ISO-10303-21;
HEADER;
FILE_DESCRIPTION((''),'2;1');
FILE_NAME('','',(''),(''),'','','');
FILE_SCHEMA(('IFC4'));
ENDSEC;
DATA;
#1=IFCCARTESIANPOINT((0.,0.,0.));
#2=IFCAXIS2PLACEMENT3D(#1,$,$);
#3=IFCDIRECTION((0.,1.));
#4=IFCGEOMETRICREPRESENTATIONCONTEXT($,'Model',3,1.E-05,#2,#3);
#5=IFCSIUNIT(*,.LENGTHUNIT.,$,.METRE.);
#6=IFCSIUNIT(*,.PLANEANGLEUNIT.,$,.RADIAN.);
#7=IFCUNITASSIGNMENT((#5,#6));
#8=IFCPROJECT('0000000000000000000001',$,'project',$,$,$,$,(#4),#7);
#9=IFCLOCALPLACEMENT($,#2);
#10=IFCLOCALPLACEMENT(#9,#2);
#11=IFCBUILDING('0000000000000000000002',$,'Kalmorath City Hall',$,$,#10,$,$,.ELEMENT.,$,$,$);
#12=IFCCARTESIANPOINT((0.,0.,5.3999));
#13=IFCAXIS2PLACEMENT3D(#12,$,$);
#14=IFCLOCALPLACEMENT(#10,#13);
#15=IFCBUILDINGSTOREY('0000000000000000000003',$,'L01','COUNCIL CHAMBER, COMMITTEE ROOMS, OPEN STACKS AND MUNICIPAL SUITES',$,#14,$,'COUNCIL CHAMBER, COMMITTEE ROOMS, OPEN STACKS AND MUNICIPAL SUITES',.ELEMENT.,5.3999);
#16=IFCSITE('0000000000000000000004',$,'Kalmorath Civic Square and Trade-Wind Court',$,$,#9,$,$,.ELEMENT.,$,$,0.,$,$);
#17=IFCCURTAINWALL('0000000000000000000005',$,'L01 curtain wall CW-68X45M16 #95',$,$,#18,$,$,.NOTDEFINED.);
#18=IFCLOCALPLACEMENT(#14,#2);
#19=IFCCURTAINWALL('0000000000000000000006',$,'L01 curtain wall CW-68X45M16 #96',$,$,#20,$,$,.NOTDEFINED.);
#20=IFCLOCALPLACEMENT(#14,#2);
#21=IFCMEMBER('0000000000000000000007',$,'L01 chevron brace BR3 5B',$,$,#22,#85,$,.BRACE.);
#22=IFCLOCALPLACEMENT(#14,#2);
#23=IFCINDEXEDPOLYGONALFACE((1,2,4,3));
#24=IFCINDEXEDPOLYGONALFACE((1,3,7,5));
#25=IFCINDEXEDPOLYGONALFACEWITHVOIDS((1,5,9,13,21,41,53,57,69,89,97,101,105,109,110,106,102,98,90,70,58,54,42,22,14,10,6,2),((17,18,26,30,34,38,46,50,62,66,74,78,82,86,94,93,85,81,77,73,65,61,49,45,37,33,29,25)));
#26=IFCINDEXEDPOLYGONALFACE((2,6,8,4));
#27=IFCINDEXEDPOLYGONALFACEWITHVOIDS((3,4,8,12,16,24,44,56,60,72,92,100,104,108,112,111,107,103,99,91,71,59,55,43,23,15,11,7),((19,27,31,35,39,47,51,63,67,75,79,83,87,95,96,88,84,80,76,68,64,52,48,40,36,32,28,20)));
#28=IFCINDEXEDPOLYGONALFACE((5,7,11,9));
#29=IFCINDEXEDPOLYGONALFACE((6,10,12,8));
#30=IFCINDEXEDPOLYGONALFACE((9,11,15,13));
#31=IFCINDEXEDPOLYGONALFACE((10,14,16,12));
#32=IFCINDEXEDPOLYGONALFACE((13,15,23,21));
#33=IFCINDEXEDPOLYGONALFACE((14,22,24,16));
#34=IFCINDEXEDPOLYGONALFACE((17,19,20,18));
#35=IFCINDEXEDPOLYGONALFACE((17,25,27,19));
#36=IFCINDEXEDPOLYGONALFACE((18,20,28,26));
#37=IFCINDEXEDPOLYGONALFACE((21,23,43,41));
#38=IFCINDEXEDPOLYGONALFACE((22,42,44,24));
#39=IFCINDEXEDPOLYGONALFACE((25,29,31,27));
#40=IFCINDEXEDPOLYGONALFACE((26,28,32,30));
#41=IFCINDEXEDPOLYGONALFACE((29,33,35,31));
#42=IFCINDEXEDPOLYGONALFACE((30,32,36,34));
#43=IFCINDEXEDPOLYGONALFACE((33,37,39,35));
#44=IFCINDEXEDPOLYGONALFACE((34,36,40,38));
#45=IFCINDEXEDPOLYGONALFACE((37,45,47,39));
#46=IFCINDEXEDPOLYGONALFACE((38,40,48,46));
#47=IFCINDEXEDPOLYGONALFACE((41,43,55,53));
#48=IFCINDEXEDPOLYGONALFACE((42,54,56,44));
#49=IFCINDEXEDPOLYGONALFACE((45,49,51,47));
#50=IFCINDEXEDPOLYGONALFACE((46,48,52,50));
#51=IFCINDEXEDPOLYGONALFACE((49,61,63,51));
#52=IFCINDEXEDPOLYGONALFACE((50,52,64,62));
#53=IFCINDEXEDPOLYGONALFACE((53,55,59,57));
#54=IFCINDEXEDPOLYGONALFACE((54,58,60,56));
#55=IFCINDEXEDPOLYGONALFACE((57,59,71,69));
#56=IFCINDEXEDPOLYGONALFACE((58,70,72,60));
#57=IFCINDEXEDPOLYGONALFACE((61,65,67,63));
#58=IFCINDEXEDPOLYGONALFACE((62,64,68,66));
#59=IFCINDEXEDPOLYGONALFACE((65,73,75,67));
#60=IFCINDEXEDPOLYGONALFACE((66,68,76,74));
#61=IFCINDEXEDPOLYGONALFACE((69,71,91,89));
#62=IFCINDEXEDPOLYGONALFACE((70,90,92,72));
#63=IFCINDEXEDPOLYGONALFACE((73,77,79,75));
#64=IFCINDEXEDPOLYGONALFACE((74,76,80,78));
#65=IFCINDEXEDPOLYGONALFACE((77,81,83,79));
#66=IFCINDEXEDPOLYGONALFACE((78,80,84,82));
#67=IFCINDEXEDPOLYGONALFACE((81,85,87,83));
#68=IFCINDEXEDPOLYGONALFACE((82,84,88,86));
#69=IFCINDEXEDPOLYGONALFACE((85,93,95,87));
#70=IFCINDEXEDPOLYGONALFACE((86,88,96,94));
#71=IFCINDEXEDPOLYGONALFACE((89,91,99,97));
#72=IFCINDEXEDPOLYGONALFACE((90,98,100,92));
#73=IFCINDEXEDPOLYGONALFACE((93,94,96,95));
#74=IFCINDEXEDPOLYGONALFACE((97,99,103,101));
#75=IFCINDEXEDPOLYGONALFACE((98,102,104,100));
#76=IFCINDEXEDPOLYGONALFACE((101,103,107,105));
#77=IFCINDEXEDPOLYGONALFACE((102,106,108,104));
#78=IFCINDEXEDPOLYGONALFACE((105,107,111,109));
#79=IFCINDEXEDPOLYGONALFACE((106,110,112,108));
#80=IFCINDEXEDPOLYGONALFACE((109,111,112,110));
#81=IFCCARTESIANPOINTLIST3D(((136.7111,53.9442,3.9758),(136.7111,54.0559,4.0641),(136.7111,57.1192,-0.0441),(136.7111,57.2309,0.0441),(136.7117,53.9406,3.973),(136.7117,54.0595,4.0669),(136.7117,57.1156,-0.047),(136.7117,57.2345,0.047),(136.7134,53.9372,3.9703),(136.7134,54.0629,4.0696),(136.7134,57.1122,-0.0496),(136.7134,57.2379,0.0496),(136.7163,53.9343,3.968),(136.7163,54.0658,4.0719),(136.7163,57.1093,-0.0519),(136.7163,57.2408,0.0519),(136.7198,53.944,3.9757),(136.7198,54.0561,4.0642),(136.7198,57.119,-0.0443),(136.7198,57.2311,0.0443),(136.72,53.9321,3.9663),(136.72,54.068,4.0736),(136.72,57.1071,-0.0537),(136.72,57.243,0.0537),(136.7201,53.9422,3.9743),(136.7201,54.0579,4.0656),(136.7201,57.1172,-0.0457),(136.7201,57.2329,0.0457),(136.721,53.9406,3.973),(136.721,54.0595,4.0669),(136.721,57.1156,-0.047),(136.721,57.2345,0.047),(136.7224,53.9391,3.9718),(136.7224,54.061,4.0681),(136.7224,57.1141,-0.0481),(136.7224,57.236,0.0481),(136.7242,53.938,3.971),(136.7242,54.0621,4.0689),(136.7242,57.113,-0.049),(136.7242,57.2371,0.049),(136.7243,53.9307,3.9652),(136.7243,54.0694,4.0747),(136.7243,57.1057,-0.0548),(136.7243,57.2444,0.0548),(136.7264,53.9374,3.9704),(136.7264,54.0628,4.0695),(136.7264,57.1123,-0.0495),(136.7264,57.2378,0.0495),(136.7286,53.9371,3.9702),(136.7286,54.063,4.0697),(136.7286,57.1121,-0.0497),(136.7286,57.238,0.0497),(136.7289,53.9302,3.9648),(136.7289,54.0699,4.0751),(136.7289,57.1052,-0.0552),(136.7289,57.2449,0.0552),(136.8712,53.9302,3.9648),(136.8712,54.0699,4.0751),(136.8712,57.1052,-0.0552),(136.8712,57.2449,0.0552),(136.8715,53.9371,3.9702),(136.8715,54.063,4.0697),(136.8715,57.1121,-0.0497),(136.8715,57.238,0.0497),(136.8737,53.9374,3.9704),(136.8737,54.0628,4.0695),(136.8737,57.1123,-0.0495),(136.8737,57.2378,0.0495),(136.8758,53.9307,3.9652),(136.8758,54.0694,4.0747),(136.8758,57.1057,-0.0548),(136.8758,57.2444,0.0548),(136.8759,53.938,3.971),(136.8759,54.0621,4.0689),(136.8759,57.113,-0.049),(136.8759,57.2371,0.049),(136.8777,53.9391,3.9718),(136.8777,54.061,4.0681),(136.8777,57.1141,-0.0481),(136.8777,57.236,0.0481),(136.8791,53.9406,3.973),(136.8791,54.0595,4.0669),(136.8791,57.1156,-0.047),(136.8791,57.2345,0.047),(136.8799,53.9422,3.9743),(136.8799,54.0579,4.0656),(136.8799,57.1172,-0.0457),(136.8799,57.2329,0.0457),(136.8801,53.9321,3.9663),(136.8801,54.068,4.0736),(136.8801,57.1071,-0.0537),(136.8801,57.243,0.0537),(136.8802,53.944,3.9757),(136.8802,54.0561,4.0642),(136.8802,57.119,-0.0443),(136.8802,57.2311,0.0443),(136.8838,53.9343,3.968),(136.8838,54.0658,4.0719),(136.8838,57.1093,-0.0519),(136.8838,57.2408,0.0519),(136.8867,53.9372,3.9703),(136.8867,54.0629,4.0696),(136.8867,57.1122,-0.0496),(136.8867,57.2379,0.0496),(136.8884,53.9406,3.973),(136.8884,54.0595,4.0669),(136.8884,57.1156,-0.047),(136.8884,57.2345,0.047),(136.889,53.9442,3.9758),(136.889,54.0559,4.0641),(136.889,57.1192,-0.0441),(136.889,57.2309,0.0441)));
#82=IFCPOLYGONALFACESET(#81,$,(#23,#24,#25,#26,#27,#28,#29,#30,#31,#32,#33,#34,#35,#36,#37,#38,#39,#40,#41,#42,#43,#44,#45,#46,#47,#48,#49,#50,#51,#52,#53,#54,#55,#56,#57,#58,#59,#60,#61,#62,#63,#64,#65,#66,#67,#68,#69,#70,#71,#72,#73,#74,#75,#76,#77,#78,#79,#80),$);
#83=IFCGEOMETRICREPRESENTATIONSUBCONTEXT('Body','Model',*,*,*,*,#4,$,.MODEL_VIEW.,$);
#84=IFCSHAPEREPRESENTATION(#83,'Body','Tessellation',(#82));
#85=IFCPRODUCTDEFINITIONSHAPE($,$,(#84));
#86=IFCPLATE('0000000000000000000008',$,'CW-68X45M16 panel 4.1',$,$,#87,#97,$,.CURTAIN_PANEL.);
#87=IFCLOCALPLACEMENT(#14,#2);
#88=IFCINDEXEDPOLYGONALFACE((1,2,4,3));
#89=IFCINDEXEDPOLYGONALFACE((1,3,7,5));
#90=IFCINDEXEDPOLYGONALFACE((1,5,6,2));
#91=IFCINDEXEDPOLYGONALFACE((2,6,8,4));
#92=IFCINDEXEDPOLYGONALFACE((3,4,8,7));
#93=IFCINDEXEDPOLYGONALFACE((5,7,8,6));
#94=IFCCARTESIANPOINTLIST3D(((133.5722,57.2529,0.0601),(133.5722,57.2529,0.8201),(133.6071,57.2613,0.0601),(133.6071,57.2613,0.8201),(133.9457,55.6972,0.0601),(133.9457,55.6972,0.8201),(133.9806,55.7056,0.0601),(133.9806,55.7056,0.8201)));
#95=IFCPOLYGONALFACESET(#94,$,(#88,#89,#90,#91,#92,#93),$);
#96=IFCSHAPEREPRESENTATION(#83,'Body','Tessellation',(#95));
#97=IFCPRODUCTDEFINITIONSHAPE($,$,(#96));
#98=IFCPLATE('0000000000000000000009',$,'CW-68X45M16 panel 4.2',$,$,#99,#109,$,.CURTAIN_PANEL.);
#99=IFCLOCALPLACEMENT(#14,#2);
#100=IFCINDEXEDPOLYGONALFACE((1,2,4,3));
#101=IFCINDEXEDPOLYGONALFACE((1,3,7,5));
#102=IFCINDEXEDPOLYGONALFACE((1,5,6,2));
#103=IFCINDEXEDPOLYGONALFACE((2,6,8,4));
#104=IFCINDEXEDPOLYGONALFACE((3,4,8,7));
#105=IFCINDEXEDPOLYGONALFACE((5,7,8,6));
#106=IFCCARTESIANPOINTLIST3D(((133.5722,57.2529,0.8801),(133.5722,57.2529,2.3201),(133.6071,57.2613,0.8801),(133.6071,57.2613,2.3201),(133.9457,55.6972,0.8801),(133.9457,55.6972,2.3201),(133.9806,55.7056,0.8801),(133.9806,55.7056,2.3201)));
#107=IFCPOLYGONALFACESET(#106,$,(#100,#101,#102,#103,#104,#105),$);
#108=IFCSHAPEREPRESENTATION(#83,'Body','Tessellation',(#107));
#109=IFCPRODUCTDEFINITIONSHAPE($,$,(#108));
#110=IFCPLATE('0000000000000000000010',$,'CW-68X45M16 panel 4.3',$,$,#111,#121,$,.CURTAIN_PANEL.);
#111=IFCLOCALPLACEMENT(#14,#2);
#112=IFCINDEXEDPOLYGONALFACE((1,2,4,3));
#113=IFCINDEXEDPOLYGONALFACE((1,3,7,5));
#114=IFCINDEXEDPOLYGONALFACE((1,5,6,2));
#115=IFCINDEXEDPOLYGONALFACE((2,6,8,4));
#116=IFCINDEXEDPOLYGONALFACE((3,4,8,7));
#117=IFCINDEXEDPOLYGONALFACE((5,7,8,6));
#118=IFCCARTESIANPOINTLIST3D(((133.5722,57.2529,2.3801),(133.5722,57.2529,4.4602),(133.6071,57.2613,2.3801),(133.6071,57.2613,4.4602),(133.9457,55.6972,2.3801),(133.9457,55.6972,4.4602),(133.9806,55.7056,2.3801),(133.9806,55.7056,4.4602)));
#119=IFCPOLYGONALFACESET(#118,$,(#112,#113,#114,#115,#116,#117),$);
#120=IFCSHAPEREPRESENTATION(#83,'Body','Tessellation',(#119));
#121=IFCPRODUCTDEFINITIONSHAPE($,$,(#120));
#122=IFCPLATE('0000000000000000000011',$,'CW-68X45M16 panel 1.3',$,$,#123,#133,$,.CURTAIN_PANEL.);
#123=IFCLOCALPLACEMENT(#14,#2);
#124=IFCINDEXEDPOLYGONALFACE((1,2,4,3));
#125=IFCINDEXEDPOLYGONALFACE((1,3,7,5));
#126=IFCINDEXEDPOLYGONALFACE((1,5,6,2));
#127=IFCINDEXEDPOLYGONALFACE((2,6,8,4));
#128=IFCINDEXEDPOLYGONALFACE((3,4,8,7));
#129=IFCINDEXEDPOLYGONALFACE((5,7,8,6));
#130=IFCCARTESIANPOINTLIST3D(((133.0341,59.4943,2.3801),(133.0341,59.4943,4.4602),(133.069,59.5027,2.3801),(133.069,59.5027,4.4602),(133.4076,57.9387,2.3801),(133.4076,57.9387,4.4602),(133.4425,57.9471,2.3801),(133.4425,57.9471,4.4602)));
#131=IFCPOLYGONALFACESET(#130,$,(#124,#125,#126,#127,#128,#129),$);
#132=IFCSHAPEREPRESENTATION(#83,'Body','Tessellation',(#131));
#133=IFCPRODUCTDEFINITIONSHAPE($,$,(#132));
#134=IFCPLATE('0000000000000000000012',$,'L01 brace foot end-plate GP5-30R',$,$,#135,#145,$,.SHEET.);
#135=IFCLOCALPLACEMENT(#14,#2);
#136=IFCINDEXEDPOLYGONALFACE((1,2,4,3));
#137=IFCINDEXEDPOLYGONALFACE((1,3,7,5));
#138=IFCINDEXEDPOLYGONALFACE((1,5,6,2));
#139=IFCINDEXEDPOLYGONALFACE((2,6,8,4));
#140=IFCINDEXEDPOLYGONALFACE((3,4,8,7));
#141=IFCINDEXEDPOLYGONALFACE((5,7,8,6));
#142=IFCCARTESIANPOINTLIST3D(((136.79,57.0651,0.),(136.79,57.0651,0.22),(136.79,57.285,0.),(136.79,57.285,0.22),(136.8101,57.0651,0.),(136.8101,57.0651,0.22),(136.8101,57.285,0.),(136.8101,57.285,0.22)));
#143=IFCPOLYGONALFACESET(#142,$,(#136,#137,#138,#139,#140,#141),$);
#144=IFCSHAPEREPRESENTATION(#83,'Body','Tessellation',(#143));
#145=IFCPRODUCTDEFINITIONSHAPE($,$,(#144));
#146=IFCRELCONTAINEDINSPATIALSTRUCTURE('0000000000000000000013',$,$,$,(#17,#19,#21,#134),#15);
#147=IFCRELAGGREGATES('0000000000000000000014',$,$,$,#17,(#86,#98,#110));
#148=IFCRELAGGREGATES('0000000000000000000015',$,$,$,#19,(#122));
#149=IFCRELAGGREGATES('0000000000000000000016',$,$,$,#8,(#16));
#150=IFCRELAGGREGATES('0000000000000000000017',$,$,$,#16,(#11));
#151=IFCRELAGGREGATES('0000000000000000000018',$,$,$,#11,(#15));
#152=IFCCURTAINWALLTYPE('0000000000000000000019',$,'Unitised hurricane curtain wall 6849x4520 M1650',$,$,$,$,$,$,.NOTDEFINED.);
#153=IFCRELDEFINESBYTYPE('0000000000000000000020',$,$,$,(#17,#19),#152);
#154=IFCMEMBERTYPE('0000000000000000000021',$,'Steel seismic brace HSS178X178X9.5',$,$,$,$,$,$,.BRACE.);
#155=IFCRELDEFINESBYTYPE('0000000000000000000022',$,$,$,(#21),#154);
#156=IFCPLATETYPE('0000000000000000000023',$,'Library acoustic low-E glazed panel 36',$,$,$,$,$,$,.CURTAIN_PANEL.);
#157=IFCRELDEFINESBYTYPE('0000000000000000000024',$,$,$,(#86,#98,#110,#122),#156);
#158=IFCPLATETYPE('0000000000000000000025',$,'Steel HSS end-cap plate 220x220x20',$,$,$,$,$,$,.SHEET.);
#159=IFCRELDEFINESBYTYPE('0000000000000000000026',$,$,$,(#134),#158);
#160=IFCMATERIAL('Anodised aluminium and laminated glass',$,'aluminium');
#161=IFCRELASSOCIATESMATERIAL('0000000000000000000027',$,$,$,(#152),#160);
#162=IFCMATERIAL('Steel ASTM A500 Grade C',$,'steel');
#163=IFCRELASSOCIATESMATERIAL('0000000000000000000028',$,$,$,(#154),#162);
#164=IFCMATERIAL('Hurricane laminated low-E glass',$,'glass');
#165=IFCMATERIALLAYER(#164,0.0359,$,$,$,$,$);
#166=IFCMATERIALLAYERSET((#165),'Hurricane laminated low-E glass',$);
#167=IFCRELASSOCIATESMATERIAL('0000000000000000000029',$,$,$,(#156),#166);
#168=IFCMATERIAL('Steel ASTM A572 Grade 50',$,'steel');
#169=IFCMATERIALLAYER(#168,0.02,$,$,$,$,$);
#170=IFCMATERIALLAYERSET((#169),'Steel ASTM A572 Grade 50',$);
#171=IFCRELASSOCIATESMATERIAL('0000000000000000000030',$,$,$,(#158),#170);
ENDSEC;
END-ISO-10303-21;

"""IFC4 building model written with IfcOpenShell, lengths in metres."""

from ifc_helpers import new_model, si_unit, direction, frame, origin, origin_2d, place, context, subcontext, project, spatial, rectangle, hollow_rectangle, extrude, material, layer, layer_set, material_profile, profile_set, type_object, element, aggregate, save


model = new_model("IFC4")

# Units and contexts
model_context = context("Model", 3, precision=1e-05, world=origin(), true_north=direction((0.0, 1.0)))
body_context = subcontext(model_context, "Body", "Model", "MODEL_VIEW")
ifc_project = project(units=[si_unit("LENGTHUNIT", "METRE"), si_unit("PLANEANGLEUNIT", "RADIAN")], contexts=[model_context])

# Site, building, storey
site_placement = place(None, origin())
site = spatial("IfcSite", under=ifc_project, at=site_placement, Name="Kalmorath Civic Square and Trade-Wind Court", CompositionType="ELEMENT", RefElevation=0.0)
building_placement = place(site_placement, origin())
building = spatial("IfcBuilding", under=site, at=building_placement, Name="Kalmorath City Hall", CompositionType="ELEMENT")
storey_placement = place(building_placement, frame((0.0, 0.0, 5.3999)))
storey = spatial("IfcBuildingStorey", under=building, at=storey_placement, Name="L01", Description="COUNCIL CHAMBER, COMMITTEE ROOMS, OPEN STACKS AND MUNICIPAL SUITES", LongName="COUNCIL CHAMBER, COMMITTEE ROOMS, OPEN STACKS AND MUNICIPAL SUITES", CompositionType="ELEMENT", Elevation=5.3999)

# Curtain wall
ifc_material_1 = material(Name="Anodised aluminium and laminated glass", Category="aluminium")
curtain_wall_type = type_object("IfcCurtainWallType", Name="Unitised hurricane curtain wall 6849x4520 M1650", PredefinedType="NOTDEFINED", material=ifc_material_1)
curtain_wall_1_placement = place(storey_placement, origin())
curtain_wall_1 = element("IfcCurtainWall", 1, at=curtain_wall_1_placement, inside=storey, type_object=curtain_wall_type, Name="L01 curtain wall CW-68X45M16 #95", PredefinedType="NOTDEFINED")

# Curtain wall
curtain_wall_2_placement = place(storey_placement, origin())
curtain_wall_2 = element("IfcCurtainWall", 2, at=curtain_wall_2_placement, inside=storey, type_object=curtain_wall_type, Name="L01 curtain wall CW-68X45M16 #96", PredefinedType="NOTDEFINED")

# Member
ifc_material_2 = material(Name="Steel ASTM A500 Grade C", Category="steel")
ifc_material_profile_1 = material_profile(ifc_material_2, hollow_rectangle(XDim=0.178, YDim=0.178, WallThickness=0.0088, InnerFilletRadius=0.0088, OuterFilletRadius=0.0178, at=origin_2d()), Name="HSS178X178X9.5")
ifc_profile_set_1 = profile_set([ifc_material_profile_1], Name="Steel ASTM A500 Grade C")
member_type_1 = type_object("IfcMemberType", Name="Steel seismic brace HSS178X178X9.5", PredefinedType="BRACE", material=ifc_profile_set_1)
member_1_placement = place(storey_placement, frame((136.8, 57.175, 0.0), z_axis=(0.0, -0.619807, 0.784755), x_axis=(1.0, 0.0, 0.0)))
element("IfcMember", 3, at=member_1_placement, inside=storey, type_object=member_type_1, Name="L01 chevron brace BR3 5B", PredefinedType="BRACE", context=body_context, shape_type="SweptSolid", body=[
    extrude(hollow_rectangle(XDim=0.178, YDim=0.178, WallThickness=0.0088, InnerFilletRadius=0.0088, OuterFilletRadius=0.0178, at=origin_2d()), origin(), (0.0, 0.0, 1.0), 5.1226),
])

# Plates
ifc_material_3 = material(Name="Hurricane laminated low-E glass", Category="glass")
ifc_layer_1 = layer(ifc_material_3, 0.0359)
ifc_layer_set_1 = layer_set([ifc_layer_1], Name="Hurricane laminated low-E glass")
plate_type_1 = type_object("IfcPlateType", Name="Library acoustic low-E glazed panel 36", PredefinedType="CURTAIN_PANEL", material=ifc_layer_set_1)
plate_1_placement = place(storey_placement, frame((133.7764, 56.4792, 0.0601), z_axis=(0.0, 0.0, 1.0), x_axis=(-0.233456, 0.972367, 0.0)))
plate_1 = element("IfcPlate", 4, at=plate_1_placement, type_object=plate_type_1, Name="CW-68X45M16 panel 4.1", PredefinedType="CURTAIN_PANEL", context=body_context, shape_type="SweptSolid", body=[
    extrude(rectangle(XDim=1.5999, YDim=0.0359, at=origin_2d()), origin(), (0.0, 0.0, 1.0), 0.76),
])
plate_2_placement = place(storey_placement, frame((133.7764, 56.4792, 0.8801), z_axis=(0.0, 0.0, 1.0), x_axis=(-0.233456, 0.972367, 0.0)))
plate_2 = element("IfcPlate", 5, at=plate_2_placement, type_object=plate_type_1, Name="CW-68X45M16 panel 4.2", PredefinedType="CURTAIN_PANEL", context=body_context, shape_type="SweptSolid", body=[
    extrude(rectangle(XDim=1.5999, YDim=0.0359, at=origin_2d()), origin(), (0.0, 0.0, 1.0), 1.4399),
])
plate_3_placement = place(storey_placement, frame((133.7764, 56.4792, 2.3801), z_axis=(0.0, 0.0, 1.0), x_axis=(-0.233456, 0.972367, 0.0)))
plate_3 = element("IfcPlate", 6, at=plate_3_placement, type_object=plate_type_1, Name="CW-68X45M16 panel 4.3", PredefinedType="CURTAIN_PANEL", context=body_context, shape_type="SweptSolid", body=[
    extrude(rectangle(XDim=1.5999, YDim=0.0359, at=origin_2d()), origin(), (0.0, 0.0, 1.0), 2.0801),
])
aggregate(curtain_wall_1, [plate_1, plate_2, plate_3])
plate_4_placement = place(storey_placement, frame((133.2383, 58.7207, 2.3801), z_axis=(0.0, 0.0, 1.0), x_axis=(-0.233456, 0.972367, 0.0)))
plate_4 = element("IfcPlate", 7, at=plate_4_placement, type_object=plate_type_1, Name="CW-68X45M16 panel 1.3", PredefinedType="CURTAIN_PANEL", context=body_context, shape_type="SweptSolid", body=[
    extrude(rectangle(XDim=1.5999, YDim=0.0359, at=origin_2d()), origin(), (0.0, 0.0, 1.0), 2.0801),
])
aggregate(curtain_wall_2, [plate_4])
ifc_material_4 = material(Name="Steel ASTM A572 Grade 50", Category="steel")
ifc_layer_2 = layer(ifc_material_4, 0.02)
ifc_layer_set_2 = layer_set([ifc_layer_2], Name="Steel ASTM A572 Grade 50")
plate_type_2 = type_object("IfcPlateType", Name="Steel HSS end-cap plate 220x220x20", PredefinedType="SHEET", material=ifc_layer_set_2)
plate_5_placement = place(storey_placement, frame((136.8, 57.175, 0.0), z_axis=(0.0, 0.0, 1.0), x_axis=(0.0, 1.0, 0.0)))
element("IfcPlate", 8, at=plate_5_placement, inside=storey, type_object=plate_type_2, Name="L01 brace foot end-plate GP5-30R", PredefinedType="SHEET", context=body_context, shape_type="SweptSolid", body=[
    extrude(rectangle(XDim=0.22, YDim=0.02, at=origin_2d()), origin(), (0.0, 0.0, 1.0), 0.22),
])

save(model, "model.ifc")
